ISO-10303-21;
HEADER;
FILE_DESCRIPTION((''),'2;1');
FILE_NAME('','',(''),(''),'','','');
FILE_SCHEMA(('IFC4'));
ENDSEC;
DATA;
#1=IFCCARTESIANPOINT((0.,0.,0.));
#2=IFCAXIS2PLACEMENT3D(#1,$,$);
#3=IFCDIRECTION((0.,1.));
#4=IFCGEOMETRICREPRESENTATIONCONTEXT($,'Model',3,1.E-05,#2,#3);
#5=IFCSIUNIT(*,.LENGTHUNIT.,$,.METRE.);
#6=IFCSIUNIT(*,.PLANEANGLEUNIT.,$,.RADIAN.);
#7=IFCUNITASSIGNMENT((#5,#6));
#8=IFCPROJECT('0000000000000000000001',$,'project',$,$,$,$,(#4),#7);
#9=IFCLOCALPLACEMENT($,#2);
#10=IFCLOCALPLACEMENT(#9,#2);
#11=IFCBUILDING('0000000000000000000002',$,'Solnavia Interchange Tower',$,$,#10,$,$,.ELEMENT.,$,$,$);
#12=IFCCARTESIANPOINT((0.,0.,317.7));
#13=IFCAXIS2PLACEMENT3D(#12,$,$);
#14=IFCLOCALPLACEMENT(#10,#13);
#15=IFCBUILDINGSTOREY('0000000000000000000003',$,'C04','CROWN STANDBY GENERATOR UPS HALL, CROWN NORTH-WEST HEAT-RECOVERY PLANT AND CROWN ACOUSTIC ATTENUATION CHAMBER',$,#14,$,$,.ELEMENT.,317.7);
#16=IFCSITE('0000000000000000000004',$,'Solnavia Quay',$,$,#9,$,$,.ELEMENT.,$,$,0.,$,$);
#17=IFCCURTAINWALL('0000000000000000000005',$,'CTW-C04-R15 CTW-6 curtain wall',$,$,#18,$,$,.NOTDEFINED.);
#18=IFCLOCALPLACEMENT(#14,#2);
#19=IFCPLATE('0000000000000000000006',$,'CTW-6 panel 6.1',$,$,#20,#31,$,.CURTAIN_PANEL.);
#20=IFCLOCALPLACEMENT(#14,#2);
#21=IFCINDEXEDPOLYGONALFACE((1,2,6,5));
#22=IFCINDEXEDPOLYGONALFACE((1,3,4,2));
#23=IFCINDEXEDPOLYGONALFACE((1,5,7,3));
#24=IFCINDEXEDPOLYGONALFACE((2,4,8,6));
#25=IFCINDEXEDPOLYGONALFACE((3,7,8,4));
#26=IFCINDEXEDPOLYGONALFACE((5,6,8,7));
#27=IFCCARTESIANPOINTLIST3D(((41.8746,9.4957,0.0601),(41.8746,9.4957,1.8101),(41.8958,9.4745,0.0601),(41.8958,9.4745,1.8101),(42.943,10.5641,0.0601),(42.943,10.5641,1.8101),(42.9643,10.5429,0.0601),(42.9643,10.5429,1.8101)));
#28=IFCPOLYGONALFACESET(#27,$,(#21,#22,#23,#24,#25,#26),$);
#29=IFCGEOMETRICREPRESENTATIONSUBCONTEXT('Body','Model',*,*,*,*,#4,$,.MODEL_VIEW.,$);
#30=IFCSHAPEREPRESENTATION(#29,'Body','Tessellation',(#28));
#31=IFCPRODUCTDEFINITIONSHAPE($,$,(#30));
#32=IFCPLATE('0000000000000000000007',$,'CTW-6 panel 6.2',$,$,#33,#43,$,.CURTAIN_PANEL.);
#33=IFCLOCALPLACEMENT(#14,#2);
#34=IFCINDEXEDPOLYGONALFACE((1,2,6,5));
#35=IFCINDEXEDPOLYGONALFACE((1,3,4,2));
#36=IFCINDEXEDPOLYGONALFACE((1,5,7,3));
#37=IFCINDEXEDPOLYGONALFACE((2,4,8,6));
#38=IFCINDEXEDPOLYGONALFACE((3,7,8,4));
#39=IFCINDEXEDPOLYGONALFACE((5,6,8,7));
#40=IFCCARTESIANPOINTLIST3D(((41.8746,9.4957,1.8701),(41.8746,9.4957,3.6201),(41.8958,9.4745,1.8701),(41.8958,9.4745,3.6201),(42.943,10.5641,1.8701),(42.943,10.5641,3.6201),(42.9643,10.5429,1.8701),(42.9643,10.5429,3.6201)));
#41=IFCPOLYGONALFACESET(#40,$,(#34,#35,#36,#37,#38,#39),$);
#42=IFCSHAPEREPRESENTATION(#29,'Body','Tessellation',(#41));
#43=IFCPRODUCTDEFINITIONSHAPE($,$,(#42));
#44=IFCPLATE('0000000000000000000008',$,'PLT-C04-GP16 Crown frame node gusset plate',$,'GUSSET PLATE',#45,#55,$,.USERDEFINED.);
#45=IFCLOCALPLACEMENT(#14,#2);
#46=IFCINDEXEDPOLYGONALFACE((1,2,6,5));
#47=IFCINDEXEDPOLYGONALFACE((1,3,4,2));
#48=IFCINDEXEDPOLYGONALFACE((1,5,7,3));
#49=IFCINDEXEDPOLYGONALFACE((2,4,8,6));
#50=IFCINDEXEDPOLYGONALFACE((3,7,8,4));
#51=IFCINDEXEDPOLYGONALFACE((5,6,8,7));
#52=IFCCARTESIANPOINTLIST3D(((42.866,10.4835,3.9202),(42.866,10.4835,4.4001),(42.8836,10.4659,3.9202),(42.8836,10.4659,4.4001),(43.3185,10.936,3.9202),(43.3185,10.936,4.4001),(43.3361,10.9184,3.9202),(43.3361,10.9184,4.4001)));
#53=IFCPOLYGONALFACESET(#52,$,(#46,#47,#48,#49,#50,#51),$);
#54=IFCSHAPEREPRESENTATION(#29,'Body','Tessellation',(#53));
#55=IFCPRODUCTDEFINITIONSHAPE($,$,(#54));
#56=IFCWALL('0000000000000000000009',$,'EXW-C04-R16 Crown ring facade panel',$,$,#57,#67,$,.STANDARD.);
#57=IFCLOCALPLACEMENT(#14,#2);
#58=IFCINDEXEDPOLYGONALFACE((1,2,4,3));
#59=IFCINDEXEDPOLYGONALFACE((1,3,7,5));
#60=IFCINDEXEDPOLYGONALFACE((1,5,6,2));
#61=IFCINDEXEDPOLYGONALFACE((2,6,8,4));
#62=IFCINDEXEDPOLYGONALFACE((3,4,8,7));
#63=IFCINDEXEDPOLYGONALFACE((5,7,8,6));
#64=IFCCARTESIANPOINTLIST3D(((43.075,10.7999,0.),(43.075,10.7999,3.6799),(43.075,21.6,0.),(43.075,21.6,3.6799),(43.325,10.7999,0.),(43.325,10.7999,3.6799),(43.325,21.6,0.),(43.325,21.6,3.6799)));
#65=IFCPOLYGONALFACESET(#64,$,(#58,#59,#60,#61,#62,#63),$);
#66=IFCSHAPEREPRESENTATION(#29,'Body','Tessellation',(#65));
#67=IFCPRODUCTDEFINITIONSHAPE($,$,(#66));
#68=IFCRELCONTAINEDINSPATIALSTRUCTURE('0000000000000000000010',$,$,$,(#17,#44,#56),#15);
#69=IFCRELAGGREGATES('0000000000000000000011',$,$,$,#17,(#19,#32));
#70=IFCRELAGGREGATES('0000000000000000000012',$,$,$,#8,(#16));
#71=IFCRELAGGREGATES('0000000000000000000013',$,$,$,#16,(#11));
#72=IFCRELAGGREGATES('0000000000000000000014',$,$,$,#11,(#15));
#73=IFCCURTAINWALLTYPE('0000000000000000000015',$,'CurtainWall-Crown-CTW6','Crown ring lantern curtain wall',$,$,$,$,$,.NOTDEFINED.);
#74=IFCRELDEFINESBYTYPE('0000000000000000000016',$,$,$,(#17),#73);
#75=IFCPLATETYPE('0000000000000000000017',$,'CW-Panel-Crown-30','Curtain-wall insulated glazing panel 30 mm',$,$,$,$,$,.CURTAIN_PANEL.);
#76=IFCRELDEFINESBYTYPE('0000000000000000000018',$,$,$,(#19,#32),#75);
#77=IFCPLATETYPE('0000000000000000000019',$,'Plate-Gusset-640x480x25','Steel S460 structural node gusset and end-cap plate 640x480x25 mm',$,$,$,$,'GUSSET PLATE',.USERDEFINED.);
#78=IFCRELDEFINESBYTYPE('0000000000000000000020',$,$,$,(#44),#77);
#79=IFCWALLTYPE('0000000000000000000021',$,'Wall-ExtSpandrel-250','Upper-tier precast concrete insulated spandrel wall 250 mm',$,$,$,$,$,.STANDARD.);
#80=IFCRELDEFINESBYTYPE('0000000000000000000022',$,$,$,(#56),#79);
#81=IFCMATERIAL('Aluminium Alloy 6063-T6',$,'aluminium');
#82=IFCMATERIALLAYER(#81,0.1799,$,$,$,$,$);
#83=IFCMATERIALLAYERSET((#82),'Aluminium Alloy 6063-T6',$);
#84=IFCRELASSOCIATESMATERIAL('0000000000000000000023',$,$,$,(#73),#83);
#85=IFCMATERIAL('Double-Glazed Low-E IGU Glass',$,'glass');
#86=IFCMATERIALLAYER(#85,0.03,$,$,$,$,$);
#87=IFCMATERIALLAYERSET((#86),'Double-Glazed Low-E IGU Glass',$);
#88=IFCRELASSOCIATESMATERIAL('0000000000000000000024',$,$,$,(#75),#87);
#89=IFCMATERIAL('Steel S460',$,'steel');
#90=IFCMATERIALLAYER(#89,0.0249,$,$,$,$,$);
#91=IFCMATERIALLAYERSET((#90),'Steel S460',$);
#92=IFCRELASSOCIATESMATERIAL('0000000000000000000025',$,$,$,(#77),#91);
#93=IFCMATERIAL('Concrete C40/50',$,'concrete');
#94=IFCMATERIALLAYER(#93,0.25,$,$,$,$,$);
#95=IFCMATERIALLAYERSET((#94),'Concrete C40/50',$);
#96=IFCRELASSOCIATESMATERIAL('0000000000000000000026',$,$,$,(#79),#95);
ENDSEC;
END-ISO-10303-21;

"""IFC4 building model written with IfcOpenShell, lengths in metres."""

from ifc_helpers import new_model, si_unit, direction, frame, frame_2d, origin, origin_2d, place, context, subcontext, project, spatial, rectangle, extrude, material, layer, layer_set, type_object, element, aggregate, save


model = new_model("IFC4")

# Units and contexts
model_context = context("Model", 3, precision=1e-05, world=origin(), true_north=direction((0.0, 1.0)))
body_context = subcontext(model_context, "Body", "Model", "MODEL_VIEW")
ifc_project = project(units=[si_unit("LENGTHUNIT", "METRE"), si_unit("PLANEANGLEUNIT", "RADIAN")], contexts=[model_context])

# Site, building, storey
site_placement = place(None, origin())
site = spatial("IfcSite", under=ifc_project, at=site_placement, Name="Solnavia Quay", CompositionType="ELEMENT", RefElevation=0.0)
building_placement = place(site_placement, origin())
building = spatial("IfcBuilding", under=site, at=building_placement, Name="Solnavia Interchange Tower", CompositionType="ELEMENT")
storey_placement = place(building_placement, frame((0.0, 0.0, 317.7)))
storey = spatial("IfcBuildingStorey", under=building, at=storey_placement, Name="C04", Description="CROWN STANDBY GENERATOR UPS HALL, CROWN NORTH-WEST HEAT-RECOVERY PLANT AND CROWN ACOUSTIC ATTENUATION CHAMBER", CompositionType="ELEMENT", Elevation=317.7)

# Shared definitions
ifc_material_1 = material(Name="Steel S460", Category="steel")

# Curtain wall
ifc_material_2 = material(Name="Aluminium Alloy 6063-T6", Category="aluminium")
ifc_layer_1 = layer(ifc_material_2, 0.1799)
ifc_layer_set_1 = layer_set([ifc_layer_1], Name="Aluminium Alloy 6063-T6")
curtain_wall_type = type_object("IfcCurtainWallType", Name="CurtainWall-Crown-CTW6", Description="Crown ring lantern curtain wall", PredefinedType="NOTDEFINED", material=ifc_layer_set_1)
curtain_wall_placement = place(storey_placement, origin())
curtain_wall = element("IfcCurtainWall", 1, at=curtain_wall_placement, inside=storey, type_object=curtain_wall_type, Name="CTW-C04-R15 CTW-6 curtain wall", PredefinedType="NOTDEFINED")

# Plates
ifc_material_3 = material(Name="Double-Glazed Low-E IGU Glass", Category="glass")
ifc_layer_2 = layer(ifc_material_3, 0.03)
ifc_layer_set_2 = layer_set([ifc_layer_2], Name="Double-Glazed Low-E IGU Glass")
plate_type_1 = type_object("IfcPlateType", Name="CW-Panel-Crown-30", Description="Curtain-wall insulated glazing panel 30 mm", PredefinedType="CURTAIN_PANEL", material=ifc_layer_set_2)
plate_1_placement = place(storey_placement, frame((42.4194, 10.0193, 0.0601), z_axis=(0.0, 0.0, 1.0), x_axis=(0.707107, 0.707107, 0.0)))
plate_1 = element("IfcPlate", 2, at=plate_1_placement, type_object=plate_type_1, Name="CTW-6 panel 6.1", PredefinedType="CURTAIN_PANEL", context=body_context, shape_type="SweptSolid", body=[
    extrude(rectangle(XDim=1.511, YDim=0.03, at=origin_2d()), origin(), (0.0, 0.0, 1.0), 1.75),
])
plate_2_placement = place(storey_placement, frame((42.4194, 10.0193, 1.8701), z_axis=(0.0, 0.0, 1.0), x_axis=(0.707107, 0.707107, 0.0)))
plate_2 = element("IfcPlate", 3, at=plate_2_placement, type_object=plate_type_1, Name="CTW-6 panel 6.2", PredefinedType="CURTAIN_PANEL", context=body_context, shape_type="SweptSolid", body=[
    extrude(rectangle(XDim=1.511, YDim=0.03, at=origin_2d()), origin(), (0.0, 0.0, 1.0), 1.75),
])
aggregate(curtain_wall, [plate_1, plate_2])
ifc_layer_3 = layer(ifc_material_1, 0.0249)
ifc_layer_set_3 = layer_set([ifc_layer_3], Name="Steel S460")
plate_type_2 = type_object("IfcPlateType", Name="Plate-Gusset-640x480x25", Description="Steel S460 structural node gusset and end-cap plate 640x480x25 mm", ElementType="GUSSET PLATE", PredefinedType="USERDEFINED", material=ifc_layer_set_3)
plate_3_placement = place(storey_placement, frame((43.1011, 10.7009, 3.9202), z_axis=(0.0, 0.0, 1.0), x_axis=(0.707107, 0.707107, 0.0)))
element("IfcPlate", 4, at=plate_3_placement, inside=storey, type_object=plate_type_2, Name="PLT-C04-GP16 Crown frame node gusset plate", ObjectType="GUSSET PLATE", PredefinedType="USERDEFINED", context=body_context, shape_type="SweptSolid", body=[
    extrude(rectangle(XDim=0.6399, YDim=0.0249, at=origin_2d()), origin(), (0.0, 0.0, 1.0), 0.48),
])

# Wall
ifc_material_4 = material(Name="Concrete C40/50", Category="concrete")
ifc_layer_4 = layer(ifc_material_4, 0.25)
ifc_layer_set_4 = layer_set([ifc_layer_4], Name="Concrete C40/50")
wall_type = type_object("IfcWallType", Name="Wall-ExtSpandrel-250", Description="Upper-tier precast concrete insulated spandrel wall 250 mm", PredefinedType="STANDARD", material=ifc_layer_set_4)
wall_placement = place(storey_placement, frame((43.2, 10.8, 0.0), z_axis=(0.0, 0.0, 1.0), x_axis=(0.0, 1.0, 0.0)))
element("IfcWall", 5, at=wall_placement, inside=storey, type_object=wall_type, Name="EXW-C04-R16 Crown ring facade panel", PredefinedType="STANDARD", context=body_context, shape_type="SweptSolid", body=[
    extrude(rectangle(XDim=10.8, YDim=0.25, at=frame_2d((5.3999, 0.0))), origin(), (0.0, 0.0, 1.0), 3.6799),
])

save(model, "model.ifc")
